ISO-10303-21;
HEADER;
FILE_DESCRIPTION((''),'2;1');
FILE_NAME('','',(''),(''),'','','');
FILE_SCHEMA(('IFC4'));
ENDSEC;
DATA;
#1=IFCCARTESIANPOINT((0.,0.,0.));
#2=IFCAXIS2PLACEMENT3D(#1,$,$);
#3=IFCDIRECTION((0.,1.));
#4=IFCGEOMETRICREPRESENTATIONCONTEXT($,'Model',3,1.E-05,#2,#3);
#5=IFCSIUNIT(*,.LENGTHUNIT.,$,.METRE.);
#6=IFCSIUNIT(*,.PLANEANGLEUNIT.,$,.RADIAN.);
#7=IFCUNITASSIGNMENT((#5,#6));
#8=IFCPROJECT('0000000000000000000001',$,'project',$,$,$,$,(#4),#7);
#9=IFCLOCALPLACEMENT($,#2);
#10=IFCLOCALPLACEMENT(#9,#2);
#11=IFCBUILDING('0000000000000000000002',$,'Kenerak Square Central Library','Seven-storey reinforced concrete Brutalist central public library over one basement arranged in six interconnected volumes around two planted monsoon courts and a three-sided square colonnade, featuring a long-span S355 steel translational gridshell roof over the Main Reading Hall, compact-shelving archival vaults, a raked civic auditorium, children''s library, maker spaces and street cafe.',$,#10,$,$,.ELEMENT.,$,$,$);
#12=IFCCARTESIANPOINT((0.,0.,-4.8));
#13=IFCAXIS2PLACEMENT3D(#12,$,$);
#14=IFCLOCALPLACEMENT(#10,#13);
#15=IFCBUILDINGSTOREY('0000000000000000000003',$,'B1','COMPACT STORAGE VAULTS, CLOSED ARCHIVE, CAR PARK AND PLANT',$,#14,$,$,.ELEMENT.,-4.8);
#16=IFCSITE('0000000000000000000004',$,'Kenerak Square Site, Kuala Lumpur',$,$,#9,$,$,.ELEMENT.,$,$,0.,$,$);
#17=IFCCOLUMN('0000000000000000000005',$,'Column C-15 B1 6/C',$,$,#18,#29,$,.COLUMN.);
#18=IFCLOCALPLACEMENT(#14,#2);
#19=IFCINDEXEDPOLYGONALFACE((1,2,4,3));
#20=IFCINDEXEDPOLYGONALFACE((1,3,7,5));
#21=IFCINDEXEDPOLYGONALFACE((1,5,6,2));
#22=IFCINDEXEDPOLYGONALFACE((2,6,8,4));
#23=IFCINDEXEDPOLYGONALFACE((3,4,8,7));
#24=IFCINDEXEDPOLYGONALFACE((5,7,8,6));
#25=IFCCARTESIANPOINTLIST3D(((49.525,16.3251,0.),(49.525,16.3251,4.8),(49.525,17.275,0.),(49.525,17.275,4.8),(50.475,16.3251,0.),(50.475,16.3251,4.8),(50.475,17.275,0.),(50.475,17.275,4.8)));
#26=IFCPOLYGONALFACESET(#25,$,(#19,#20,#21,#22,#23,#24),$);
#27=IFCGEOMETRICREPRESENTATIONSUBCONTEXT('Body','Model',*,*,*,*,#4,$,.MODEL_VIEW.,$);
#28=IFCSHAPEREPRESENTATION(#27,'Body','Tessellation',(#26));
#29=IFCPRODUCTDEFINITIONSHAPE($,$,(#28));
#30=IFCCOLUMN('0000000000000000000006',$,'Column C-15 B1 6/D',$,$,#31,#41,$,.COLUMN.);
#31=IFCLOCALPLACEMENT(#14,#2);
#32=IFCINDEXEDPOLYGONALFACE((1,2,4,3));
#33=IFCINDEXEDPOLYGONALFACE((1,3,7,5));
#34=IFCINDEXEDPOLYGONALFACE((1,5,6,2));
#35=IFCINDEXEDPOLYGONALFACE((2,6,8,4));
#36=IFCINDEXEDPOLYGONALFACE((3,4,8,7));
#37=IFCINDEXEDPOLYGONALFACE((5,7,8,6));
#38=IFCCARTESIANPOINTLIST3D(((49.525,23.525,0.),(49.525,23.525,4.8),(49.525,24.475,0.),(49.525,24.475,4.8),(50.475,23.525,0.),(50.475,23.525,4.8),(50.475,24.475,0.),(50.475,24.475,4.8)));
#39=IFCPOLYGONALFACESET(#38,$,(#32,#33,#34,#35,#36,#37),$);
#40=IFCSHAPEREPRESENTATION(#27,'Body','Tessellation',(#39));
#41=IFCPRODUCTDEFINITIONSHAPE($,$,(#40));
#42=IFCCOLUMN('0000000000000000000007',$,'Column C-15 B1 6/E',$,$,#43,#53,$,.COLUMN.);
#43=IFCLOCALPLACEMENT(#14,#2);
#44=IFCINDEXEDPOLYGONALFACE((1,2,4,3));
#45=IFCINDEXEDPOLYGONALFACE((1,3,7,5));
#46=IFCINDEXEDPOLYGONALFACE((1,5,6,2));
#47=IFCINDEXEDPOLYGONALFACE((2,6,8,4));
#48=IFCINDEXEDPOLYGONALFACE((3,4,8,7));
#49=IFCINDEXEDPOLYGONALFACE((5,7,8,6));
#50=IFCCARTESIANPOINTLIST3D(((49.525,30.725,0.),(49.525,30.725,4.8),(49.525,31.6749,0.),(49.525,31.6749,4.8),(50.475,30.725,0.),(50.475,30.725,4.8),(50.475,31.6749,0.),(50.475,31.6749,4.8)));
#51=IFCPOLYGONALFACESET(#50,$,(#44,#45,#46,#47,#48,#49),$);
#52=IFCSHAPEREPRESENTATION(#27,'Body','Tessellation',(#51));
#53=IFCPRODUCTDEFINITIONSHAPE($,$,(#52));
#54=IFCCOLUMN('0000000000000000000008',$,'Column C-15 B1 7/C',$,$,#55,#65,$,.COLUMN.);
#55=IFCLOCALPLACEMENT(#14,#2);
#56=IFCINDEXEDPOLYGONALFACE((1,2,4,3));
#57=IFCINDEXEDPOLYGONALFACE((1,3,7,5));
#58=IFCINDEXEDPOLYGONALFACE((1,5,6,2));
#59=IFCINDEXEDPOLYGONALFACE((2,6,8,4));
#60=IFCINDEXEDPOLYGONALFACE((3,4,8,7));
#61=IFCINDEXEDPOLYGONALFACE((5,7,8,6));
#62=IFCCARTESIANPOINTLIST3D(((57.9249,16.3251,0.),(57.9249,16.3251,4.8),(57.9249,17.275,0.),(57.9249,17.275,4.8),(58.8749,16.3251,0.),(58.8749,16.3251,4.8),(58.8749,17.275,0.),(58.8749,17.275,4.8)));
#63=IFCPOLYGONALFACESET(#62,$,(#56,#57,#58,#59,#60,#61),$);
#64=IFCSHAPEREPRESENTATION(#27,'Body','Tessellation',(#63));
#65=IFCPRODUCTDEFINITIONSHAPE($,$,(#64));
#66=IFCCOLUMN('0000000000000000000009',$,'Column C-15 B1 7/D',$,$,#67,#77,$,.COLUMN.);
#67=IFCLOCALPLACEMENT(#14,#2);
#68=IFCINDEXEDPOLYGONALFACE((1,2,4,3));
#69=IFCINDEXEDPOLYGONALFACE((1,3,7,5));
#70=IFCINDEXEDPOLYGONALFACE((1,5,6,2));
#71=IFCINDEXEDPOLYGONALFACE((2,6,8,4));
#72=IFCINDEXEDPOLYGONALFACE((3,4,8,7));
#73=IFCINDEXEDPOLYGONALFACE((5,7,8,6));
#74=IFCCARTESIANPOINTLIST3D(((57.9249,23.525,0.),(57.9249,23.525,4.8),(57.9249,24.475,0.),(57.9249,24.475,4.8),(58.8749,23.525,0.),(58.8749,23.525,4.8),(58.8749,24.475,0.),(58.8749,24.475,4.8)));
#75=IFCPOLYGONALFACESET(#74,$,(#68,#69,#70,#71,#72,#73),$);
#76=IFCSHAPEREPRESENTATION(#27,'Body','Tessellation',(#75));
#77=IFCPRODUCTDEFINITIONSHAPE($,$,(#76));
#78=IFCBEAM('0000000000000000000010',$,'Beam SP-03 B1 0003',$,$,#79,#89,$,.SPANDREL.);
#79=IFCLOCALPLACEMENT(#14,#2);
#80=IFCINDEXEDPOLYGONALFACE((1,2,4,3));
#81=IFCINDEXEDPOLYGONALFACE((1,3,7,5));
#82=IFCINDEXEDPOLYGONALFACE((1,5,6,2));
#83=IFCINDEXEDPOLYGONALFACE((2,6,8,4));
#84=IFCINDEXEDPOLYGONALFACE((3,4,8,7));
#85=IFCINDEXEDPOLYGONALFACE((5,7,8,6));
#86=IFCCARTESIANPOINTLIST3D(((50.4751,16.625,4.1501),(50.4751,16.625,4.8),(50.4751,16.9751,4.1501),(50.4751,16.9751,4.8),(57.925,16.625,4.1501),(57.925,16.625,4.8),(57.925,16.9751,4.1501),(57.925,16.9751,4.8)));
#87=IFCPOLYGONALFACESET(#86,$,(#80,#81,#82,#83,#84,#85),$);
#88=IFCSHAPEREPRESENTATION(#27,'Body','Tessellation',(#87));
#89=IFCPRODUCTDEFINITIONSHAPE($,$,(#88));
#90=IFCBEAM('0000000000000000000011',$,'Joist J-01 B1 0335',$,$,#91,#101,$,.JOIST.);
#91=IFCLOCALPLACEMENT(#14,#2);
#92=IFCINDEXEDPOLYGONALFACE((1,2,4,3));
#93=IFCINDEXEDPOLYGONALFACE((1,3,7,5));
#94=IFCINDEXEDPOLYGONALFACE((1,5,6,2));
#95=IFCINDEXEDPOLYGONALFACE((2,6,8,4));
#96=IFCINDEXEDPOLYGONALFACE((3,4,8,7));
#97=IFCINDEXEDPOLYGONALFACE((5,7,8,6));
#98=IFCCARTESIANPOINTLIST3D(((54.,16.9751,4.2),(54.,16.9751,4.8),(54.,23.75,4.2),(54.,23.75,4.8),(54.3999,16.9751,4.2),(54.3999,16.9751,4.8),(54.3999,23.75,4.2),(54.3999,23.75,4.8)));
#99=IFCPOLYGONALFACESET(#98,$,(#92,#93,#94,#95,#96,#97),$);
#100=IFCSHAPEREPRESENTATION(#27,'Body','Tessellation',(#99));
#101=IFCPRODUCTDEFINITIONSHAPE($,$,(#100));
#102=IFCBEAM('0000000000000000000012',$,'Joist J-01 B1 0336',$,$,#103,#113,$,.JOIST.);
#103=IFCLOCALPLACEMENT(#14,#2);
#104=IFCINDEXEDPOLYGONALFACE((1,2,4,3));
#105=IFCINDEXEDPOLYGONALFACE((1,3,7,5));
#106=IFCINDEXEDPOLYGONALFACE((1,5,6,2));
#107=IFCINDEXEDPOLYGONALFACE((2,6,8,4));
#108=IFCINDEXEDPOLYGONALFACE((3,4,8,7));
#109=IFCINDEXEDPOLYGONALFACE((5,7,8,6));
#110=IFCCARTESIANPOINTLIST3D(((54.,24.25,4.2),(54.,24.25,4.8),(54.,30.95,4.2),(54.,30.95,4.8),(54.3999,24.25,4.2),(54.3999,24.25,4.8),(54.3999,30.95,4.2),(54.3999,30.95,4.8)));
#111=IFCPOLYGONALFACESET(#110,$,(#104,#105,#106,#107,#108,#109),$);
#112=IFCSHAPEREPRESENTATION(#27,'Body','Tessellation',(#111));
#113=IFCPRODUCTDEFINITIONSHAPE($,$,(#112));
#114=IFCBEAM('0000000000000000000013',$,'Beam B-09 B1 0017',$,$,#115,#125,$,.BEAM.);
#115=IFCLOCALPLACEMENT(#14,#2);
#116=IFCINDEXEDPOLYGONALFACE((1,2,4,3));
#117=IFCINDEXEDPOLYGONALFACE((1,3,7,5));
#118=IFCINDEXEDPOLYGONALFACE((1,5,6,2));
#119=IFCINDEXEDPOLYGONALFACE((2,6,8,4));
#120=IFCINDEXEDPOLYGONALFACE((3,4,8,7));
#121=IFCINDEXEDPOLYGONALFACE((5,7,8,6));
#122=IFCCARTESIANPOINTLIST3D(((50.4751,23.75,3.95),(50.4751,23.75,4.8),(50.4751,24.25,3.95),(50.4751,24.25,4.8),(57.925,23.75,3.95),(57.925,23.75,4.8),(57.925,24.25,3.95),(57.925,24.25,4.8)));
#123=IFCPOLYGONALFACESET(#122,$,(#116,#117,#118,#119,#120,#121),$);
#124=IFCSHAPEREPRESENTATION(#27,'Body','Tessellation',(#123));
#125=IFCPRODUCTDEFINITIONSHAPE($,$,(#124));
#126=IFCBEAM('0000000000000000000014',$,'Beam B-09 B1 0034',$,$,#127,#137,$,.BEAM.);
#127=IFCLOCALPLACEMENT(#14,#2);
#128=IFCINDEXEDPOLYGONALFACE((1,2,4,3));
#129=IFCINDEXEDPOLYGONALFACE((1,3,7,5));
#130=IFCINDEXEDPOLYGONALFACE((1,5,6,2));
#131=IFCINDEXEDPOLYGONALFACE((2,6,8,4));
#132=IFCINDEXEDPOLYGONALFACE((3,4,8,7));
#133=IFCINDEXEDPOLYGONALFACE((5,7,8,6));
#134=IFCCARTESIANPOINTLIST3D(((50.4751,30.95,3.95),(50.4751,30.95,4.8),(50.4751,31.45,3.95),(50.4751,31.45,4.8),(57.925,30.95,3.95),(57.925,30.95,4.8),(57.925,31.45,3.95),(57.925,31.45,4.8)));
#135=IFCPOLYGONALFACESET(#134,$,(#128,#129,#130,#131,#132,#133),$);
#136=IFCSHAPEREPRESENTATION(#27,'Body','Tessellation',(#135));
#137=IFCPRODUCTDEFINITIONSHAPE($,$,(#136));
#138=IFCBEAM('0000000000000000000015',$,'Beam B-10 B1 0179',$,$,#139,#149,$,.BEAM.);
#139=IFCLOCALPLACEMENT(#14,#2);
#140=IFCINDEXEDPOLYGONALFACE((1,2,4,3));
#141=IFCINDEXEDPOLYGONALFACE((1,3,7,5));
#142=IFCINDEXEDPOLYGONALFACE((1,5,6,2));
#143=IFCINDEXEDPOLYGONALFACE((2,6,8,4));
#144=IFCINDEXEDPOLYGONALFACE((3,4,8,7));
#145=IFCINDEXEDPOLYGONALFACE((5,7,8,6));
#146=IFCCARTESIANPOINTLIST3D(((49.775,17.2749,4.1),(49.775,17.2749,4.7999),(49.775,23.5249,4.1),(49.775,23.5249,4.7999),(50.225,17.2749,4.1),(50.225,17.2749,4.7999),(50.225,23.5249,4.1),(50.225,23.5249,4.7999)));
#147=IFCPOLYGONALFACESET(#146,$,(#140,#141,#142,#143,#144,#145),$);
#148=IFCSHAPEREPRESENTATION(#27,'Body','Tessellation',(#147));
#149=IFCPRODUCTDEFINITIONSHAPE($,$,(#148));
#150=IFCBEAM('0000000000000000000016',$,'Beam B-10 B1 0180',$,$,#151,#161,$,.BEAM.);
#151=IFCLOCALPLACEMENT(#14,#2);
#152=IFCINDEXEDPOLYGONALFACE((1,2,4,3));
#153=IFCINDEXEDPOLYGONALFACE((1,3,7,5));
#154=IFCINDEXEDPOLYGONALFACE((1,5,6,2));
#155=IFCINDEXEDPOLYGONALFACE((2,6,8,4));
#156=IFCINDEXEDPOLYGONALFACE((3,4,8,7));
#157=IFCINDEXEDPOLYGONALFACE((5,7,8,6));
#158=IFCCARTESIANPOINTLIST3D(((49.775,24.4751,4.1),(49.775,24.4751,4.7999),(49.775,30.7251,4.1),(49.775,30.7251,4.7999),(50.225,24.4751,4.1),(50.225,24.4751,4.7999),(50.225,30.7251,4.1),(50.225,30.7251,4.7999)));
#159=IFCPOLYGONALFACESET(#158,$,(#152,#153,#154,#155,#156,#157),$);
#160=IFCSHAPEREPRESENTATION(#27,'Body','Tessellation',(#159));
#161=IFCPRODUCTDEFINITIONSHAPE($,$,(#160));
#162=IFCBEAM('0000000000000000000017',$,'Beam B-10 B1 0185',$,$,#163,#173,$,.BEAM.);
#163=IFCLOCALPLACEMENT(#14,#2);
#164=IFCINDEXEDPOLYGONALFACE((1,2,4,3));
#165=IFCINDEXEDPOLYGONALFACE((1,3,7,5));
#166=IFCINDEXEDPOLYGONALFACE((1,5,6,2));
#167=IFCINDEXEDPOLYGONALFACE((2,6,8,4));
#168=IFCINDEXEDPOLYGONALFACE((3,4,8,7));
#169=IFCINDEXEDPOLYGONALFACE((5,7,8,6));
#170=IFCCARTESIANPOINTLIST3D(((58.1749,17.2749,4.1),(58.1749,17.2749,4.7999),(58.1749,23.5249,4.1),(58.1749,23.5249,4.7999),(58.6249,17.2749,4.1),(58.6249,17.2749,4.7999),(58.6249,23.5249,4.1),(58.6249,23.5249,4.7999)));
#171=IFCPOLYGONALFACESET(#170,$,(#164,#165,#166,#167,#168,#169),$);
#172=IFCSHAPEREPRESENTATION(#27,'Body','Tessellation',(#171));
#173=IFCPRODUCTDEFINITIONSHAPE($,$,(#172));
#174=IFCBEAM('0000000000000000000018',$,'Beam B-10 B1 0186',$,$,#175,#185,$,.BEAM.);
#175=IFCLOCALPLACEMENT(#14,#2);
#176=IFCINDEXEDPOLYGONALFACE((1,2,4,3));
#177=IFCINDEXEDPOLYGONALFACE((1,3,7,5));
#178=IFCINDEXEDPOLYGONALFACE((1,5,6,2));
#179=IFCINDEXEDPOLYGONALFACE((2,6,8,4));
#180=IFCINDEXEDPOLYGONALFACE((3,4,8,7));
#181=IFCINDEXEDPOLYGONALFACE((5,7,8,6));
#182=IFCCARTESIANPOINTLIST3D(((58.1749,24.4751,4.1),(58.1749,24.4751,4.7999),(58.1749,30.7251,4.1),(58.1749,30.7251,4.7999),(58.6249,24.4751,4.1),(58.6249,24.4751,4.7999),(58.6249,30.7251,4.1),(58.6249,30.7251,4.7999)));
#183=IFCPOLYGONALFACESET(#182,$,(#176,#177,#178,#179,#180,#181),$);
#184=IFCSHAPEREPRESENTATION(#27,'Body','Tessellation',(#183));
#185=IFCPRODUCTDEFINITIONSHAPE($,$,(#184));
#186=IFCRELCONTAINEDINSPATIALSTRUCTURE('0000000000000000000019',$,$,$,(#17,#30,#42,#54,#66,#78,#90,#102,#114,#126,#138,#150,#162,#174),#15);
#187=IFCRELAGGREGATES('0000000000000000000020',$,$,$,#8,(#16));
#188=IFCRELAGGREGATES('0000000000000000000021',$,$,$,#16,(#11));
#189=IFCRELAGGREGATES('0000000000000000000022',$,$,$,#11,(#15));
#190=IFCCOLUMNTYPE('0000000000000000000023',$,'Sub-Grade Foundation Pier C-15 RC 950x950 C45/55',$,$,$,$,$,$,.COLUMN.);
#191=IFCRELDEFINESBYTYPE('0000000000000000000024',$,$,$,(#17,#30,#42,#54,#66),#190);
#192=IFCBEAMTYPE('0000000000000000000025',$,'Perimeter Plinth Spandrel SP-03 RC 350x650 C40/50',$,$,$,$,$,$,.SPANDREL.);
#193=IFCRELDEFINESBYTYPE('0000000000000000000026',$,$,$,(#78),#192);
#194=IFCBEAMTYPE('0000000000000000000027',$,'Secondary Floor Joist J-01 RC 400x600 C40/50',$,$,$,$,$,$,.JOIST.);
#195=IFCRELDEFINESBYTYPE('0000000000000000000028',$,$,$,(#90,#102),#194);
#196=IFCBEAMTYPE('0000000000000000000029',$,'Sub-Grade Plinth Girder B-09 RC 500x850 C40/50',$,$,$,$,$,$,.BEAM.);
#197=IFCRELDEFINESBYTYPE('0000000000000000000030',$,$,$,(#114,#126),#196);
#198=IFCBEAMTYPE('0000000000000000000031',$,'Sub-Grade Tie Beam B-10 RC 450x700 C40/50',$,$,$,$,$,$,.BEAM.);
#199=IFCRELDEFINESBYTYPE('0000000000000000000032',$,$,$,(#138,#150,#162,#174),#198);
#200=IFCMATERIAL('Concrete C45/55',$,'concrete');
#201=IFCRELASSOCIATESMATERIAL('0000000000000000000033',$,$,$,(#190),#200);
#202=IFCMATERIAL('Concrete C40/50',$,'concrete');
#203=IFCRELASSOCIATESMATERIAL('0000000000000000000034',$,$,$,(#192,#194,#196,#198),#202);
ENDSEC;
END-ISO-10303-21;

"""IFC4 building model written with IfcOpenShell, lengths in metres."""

from ifc_helpers import new_model, si_unit, direction, frame, origin, origin_2d, place, context, subcontext, project, spatial, rectangle, extrude, material, material_profile, profile_set, type_object, element, save


model = new_model("IFC4")

# Units and contexts
model_context = context("Model", 3, precision=1e-05, world=origin(), true_north=direction((0.0, 1.0)))
body_context = subcontext(model_context, "Body", "Model", "MODEL_VIEW")
ifc_project = project(units=[si_unit("LENGTHUNIT", "METRE"), si_unit("PLANEANGLEUNIT", "RADIAN")], contexts=[model_context])

# Site, building, storey
site_placement = place(None, origin())
site = spatial("IfcSite", under=ifc_project, at=site_placement, Name="Kenerak Square Site, Kuala Lumpur", CompositionType="ELEMENT", RefElevation=0.0)
building_placement = place(site_placement, origin())
building = spatial("IfcBuilding", under=site, at=building_placement, Name="Kenerak Square Central Library", Description="Seven-storey reinforced concrete Brutalist central public library over one basement arranged in six interconnected volumes around two planted monsoon courts and a three-sided square colonnade, featuring a long-span S355 steel translational gridshell roof over the Main Reading Hall, compact-shelving archival vaults, a raked civic auditorium, children's library, maker spaces and street cafe.", CompositionType="ELEMENT")
storey_placement = place(building_placement, frame((0.0, 0.0, -4.8)))
storey = spatial("IfcBuildingStorey", under=building, at=storey_placement, Name="B1", Description="COMPACT STORAGE VAULTS, CLOSED ARCHIVE, CAR PARK AND PLANT", CompositionType="ELEMENT", Elevation=-4.8)

# Shared definitions
ifc_material_1 = material(Name="Concrete C40/50", Category="concrete")

# Columns
ifc_material_2 = material(Name="Concrete C45/55", Category="concrete")
ifc_material_profile_1 = material_profile(ifc_material_2, rectangle(XDim=0.95, YDim=0.95, at=origin_2d()), Name="RC 950x950")
ifc_profile_set_1 = profile_set([ifc_material_profile_1], Name="Concrete C45/55")
column_type_1 = type_object("IfcColumnType", Name="Sub-Grade Foundation Pier C-15 RC 950x950 C45/55", PredefinedType="COLUMN", material=ifc_profile_set_1)
for number, where, z_axis, x_axis, name in (
    (1, (50.0, 16.8, 0.0), (0.0, 0.0, 1.0), (1.0, 0.0, 0.0), "Column C-15 B1 6/C"),
    (2, (50.0, 24.0, 0.0), (0.0, 0.0, 1.0), (1.0, 0.0, 0.0), "Column C-15 B1 6/D"),
    (3, (50.0, 31.2, 0.0), (0.0, 0.0, 1.0), (1.0, 0.0, 0.0), "Column C-15 B1 6/E"),
    (4, (58.3999, 16.8, 0.0), (0.0, 0.0, 1.0), (1.0, 0.0, 0.0), "Column C-15 B1 7/C"),
    (5, (58.3999, 24.0, 0.0), (0.0, 0.0, 1.0), (1.0, 0.0, 0.0), "Column C-15 B1 7/D"),
):
    element("IfcColumn", number, at=place(storey_placement, frame(where, z_axis=z_axis, x_axis=x_axis)), inside=storey, type_object=column_type_1, Name=name, PredefinedType="COLUMN", context=body_context, shape_type="SweptSolid", body=[
        extrude(rectangle(XDim=0.95, YDim=0.95, at=origin_2d()), origin(), (0.0, 0.0, 1.0), 4.8),
    ])

# Beams
ifc_material_profile_2 = material_profile(ifc_material_1, rectangle(XDim=0.3501, YDim=0.6499, at=origin_2d()), Name="RC 350x650")
ifc_profile_set_2 = profile_set([ifc_material_profile_2], Name="Concrete C40/50")
beam_type_1 = type_object("IfcBeamType", Name="Perimeter Plinth Spandrel SP-03 RC 350x650 C40/50", PredefinedType="SPANDREL", material=ifc_profile_set_2)
beam_1_placement = place(storey_placement, frame((50.4751, 16.8, 4.4751), z_axis=(1.0, 0.0, 0.0), x_axis=(0.0, 1.0, 0.0)))
element("IfcBeam", 6, at=beam_1_placement, inside=storey, type_object=beam_type_1, Name="Beam SP-03 B1 0003", PredefinedType="SPANDREL", context=body_context, shape_type="SweptSolid", body=[
    extrude(rectangle(XDim=0.3501, YDim=0.6499, at=origin_2d()), origin(), (0.0, 0.0, 1.0), 7.45),
])
ifc_material_profile_3 = material_profile(ifc_material_1, rectangle(XDim=0.3999, YDim=0.6001, at=origin_2d()), Name="RC 400x600")
ifc_profile_set_3 = profile_set([ifc_material_profile_3], Name="Concrete C40/50")
beam_type_2 = type_object("IfcBeamType", Name="Secondary Floor Joist J-01 RC 400x600 C40/50", PredefinedType="JOIST", material=ifc_profile_set_3)
beam_2_placement = place(storey_placement, frame((54.2, 16.9751, 4.5), z_axis=(0.0, 1.0, 0.0), x_axis=(-1.0, 0.0, 0.0)))
element("IfcBeam", 7, at=beam_2_placement, inside=storey, type_object=beam_type_2, Name="Joist J-01 B1 0335", PredefinedType="JOIST", context=body_context, shape_type="SweptSolid", body=[
    extrude(rectangle(XDim=0.3999, YDim=0.6001, at=origin_2d()), origin(), (0.0, 0.0, 1.0), 6.7749),
])
beam_3_placement = place(storey_placement, frame((54.2, 24.25, 4.5), z_axis=(0.0, 1.0, 0.0), x_axis=(-1.0, 0.0, 0.0)))
element("IfcBeam", 8, at=beam_3_placement, inside=storey, type_object=beam_type_2, Name="Joist J-01 B1 0336", PredefinedType="JOIST", context=body_context, shape_type="SweptSolid", body=[
    extrude(rectangle(XDim=0.3999, YDim=0.6001, at=origin_2d()), origin(), (0.0, 0.0, 1.0), 6.7),
])
ifc_material_profile_4 = material_profile(ifc_material_1, rectangle(XDim=0.5, YDim=0.8501, at=origin_2d()), Name="RC 500x850")
ifc_profile_set_4 = profile_set([ifc_material_profile_4], Name="Concrete C40/50")
beam_type_3 = type_object("IfcBeamType", Name="Sub-Grade Plinth Girder B-09 RC 500x850 C40/50", PredefinedType="BEAM", material=ifc_profile_set_4)
for number, where, z_axis, x_axis, name in (
    (9, (50.4751, 24.0, 4.375), (1.0, 0.0, 0.0), (0.0, 1.0, 0.0), "Beam B-09 B1 0017"),
    (10, (50.4751, 31.2, 4.375), (1.0, 0.0, 0.0), (0.0, 1.0, 0.0), "Beam B-09 B1 0034"),
):
    element("IfcBeam", number, at=place(storey_placement, frame(where, z_axis=z_axis, x_axis=x_axis)), inside=storey, type_object=beam_type_3, Name=name, PredefinedType="BEAM", context=body_context, shape_type="SweptSolid", body=[
        extrude(rectangle(XDim=0.5, YDim=0.8501, at=origin_2d()), origin(), (0.0, 0.0, 1.0), 7.45),
    ])
ifc_material_profile_5 = material_profile(ifc_material_1, rectangle(XDim=0.45, YDim=0.7, at=origin_2d()), Name="RC 450x700")
ifc_profile_set_5 = profile_set([ifc_material_profile_5], Name="Concrete C40/50")
beam_type_4 = type_object("IfcBeamType", Name="Sub-Grade Tie Beam B-10 RC 450x700 C40/50", PredefinedType="BEAM", material=ifc_profile_set_5)
for number, where, z_axis, x_axis, name in (
    (11, (50.0, 17.2749, 4.45), (0.0, 1.0, 0.0), (-1.0, 0.0, 0.0), "Beam B-10 B1 0179"),
    (12, (50.0, 24.4751, 4.45), (0.0, 1.0, 0.0), (-1.0, 0.0, 0.0), "Beam B-10 B1 0180"),
    (13, (58.3999, 17.2749, 4.45), (0.0, 1.0, 0.0), (-1.0, 0.0, 0.0), "Beam B-10 B1 0185"),
    (14, (58.3999, 24.4751, 4.45), (0.0, 1.0, 0.0), (-1.0, 0.0, 0.0), "Beam B-10 B1 0186"),
):
    element("IfcBeam", number, at=place(storey_placement, frame(where, z_axis=z_axis, x_axis=x_axis)), inside=storey, type_object=beam_type_4, Name=name, PredefinedType="BEAM", context=body_context, shape_type="SweptSolid", body=[
        extrude(rectangle(XDim=0.45, YDim=0.7, at=origin_2d()), origin(), (0.0, 0.0, 1.0), 6.25),
    ])

save(model, "model.ifc")
